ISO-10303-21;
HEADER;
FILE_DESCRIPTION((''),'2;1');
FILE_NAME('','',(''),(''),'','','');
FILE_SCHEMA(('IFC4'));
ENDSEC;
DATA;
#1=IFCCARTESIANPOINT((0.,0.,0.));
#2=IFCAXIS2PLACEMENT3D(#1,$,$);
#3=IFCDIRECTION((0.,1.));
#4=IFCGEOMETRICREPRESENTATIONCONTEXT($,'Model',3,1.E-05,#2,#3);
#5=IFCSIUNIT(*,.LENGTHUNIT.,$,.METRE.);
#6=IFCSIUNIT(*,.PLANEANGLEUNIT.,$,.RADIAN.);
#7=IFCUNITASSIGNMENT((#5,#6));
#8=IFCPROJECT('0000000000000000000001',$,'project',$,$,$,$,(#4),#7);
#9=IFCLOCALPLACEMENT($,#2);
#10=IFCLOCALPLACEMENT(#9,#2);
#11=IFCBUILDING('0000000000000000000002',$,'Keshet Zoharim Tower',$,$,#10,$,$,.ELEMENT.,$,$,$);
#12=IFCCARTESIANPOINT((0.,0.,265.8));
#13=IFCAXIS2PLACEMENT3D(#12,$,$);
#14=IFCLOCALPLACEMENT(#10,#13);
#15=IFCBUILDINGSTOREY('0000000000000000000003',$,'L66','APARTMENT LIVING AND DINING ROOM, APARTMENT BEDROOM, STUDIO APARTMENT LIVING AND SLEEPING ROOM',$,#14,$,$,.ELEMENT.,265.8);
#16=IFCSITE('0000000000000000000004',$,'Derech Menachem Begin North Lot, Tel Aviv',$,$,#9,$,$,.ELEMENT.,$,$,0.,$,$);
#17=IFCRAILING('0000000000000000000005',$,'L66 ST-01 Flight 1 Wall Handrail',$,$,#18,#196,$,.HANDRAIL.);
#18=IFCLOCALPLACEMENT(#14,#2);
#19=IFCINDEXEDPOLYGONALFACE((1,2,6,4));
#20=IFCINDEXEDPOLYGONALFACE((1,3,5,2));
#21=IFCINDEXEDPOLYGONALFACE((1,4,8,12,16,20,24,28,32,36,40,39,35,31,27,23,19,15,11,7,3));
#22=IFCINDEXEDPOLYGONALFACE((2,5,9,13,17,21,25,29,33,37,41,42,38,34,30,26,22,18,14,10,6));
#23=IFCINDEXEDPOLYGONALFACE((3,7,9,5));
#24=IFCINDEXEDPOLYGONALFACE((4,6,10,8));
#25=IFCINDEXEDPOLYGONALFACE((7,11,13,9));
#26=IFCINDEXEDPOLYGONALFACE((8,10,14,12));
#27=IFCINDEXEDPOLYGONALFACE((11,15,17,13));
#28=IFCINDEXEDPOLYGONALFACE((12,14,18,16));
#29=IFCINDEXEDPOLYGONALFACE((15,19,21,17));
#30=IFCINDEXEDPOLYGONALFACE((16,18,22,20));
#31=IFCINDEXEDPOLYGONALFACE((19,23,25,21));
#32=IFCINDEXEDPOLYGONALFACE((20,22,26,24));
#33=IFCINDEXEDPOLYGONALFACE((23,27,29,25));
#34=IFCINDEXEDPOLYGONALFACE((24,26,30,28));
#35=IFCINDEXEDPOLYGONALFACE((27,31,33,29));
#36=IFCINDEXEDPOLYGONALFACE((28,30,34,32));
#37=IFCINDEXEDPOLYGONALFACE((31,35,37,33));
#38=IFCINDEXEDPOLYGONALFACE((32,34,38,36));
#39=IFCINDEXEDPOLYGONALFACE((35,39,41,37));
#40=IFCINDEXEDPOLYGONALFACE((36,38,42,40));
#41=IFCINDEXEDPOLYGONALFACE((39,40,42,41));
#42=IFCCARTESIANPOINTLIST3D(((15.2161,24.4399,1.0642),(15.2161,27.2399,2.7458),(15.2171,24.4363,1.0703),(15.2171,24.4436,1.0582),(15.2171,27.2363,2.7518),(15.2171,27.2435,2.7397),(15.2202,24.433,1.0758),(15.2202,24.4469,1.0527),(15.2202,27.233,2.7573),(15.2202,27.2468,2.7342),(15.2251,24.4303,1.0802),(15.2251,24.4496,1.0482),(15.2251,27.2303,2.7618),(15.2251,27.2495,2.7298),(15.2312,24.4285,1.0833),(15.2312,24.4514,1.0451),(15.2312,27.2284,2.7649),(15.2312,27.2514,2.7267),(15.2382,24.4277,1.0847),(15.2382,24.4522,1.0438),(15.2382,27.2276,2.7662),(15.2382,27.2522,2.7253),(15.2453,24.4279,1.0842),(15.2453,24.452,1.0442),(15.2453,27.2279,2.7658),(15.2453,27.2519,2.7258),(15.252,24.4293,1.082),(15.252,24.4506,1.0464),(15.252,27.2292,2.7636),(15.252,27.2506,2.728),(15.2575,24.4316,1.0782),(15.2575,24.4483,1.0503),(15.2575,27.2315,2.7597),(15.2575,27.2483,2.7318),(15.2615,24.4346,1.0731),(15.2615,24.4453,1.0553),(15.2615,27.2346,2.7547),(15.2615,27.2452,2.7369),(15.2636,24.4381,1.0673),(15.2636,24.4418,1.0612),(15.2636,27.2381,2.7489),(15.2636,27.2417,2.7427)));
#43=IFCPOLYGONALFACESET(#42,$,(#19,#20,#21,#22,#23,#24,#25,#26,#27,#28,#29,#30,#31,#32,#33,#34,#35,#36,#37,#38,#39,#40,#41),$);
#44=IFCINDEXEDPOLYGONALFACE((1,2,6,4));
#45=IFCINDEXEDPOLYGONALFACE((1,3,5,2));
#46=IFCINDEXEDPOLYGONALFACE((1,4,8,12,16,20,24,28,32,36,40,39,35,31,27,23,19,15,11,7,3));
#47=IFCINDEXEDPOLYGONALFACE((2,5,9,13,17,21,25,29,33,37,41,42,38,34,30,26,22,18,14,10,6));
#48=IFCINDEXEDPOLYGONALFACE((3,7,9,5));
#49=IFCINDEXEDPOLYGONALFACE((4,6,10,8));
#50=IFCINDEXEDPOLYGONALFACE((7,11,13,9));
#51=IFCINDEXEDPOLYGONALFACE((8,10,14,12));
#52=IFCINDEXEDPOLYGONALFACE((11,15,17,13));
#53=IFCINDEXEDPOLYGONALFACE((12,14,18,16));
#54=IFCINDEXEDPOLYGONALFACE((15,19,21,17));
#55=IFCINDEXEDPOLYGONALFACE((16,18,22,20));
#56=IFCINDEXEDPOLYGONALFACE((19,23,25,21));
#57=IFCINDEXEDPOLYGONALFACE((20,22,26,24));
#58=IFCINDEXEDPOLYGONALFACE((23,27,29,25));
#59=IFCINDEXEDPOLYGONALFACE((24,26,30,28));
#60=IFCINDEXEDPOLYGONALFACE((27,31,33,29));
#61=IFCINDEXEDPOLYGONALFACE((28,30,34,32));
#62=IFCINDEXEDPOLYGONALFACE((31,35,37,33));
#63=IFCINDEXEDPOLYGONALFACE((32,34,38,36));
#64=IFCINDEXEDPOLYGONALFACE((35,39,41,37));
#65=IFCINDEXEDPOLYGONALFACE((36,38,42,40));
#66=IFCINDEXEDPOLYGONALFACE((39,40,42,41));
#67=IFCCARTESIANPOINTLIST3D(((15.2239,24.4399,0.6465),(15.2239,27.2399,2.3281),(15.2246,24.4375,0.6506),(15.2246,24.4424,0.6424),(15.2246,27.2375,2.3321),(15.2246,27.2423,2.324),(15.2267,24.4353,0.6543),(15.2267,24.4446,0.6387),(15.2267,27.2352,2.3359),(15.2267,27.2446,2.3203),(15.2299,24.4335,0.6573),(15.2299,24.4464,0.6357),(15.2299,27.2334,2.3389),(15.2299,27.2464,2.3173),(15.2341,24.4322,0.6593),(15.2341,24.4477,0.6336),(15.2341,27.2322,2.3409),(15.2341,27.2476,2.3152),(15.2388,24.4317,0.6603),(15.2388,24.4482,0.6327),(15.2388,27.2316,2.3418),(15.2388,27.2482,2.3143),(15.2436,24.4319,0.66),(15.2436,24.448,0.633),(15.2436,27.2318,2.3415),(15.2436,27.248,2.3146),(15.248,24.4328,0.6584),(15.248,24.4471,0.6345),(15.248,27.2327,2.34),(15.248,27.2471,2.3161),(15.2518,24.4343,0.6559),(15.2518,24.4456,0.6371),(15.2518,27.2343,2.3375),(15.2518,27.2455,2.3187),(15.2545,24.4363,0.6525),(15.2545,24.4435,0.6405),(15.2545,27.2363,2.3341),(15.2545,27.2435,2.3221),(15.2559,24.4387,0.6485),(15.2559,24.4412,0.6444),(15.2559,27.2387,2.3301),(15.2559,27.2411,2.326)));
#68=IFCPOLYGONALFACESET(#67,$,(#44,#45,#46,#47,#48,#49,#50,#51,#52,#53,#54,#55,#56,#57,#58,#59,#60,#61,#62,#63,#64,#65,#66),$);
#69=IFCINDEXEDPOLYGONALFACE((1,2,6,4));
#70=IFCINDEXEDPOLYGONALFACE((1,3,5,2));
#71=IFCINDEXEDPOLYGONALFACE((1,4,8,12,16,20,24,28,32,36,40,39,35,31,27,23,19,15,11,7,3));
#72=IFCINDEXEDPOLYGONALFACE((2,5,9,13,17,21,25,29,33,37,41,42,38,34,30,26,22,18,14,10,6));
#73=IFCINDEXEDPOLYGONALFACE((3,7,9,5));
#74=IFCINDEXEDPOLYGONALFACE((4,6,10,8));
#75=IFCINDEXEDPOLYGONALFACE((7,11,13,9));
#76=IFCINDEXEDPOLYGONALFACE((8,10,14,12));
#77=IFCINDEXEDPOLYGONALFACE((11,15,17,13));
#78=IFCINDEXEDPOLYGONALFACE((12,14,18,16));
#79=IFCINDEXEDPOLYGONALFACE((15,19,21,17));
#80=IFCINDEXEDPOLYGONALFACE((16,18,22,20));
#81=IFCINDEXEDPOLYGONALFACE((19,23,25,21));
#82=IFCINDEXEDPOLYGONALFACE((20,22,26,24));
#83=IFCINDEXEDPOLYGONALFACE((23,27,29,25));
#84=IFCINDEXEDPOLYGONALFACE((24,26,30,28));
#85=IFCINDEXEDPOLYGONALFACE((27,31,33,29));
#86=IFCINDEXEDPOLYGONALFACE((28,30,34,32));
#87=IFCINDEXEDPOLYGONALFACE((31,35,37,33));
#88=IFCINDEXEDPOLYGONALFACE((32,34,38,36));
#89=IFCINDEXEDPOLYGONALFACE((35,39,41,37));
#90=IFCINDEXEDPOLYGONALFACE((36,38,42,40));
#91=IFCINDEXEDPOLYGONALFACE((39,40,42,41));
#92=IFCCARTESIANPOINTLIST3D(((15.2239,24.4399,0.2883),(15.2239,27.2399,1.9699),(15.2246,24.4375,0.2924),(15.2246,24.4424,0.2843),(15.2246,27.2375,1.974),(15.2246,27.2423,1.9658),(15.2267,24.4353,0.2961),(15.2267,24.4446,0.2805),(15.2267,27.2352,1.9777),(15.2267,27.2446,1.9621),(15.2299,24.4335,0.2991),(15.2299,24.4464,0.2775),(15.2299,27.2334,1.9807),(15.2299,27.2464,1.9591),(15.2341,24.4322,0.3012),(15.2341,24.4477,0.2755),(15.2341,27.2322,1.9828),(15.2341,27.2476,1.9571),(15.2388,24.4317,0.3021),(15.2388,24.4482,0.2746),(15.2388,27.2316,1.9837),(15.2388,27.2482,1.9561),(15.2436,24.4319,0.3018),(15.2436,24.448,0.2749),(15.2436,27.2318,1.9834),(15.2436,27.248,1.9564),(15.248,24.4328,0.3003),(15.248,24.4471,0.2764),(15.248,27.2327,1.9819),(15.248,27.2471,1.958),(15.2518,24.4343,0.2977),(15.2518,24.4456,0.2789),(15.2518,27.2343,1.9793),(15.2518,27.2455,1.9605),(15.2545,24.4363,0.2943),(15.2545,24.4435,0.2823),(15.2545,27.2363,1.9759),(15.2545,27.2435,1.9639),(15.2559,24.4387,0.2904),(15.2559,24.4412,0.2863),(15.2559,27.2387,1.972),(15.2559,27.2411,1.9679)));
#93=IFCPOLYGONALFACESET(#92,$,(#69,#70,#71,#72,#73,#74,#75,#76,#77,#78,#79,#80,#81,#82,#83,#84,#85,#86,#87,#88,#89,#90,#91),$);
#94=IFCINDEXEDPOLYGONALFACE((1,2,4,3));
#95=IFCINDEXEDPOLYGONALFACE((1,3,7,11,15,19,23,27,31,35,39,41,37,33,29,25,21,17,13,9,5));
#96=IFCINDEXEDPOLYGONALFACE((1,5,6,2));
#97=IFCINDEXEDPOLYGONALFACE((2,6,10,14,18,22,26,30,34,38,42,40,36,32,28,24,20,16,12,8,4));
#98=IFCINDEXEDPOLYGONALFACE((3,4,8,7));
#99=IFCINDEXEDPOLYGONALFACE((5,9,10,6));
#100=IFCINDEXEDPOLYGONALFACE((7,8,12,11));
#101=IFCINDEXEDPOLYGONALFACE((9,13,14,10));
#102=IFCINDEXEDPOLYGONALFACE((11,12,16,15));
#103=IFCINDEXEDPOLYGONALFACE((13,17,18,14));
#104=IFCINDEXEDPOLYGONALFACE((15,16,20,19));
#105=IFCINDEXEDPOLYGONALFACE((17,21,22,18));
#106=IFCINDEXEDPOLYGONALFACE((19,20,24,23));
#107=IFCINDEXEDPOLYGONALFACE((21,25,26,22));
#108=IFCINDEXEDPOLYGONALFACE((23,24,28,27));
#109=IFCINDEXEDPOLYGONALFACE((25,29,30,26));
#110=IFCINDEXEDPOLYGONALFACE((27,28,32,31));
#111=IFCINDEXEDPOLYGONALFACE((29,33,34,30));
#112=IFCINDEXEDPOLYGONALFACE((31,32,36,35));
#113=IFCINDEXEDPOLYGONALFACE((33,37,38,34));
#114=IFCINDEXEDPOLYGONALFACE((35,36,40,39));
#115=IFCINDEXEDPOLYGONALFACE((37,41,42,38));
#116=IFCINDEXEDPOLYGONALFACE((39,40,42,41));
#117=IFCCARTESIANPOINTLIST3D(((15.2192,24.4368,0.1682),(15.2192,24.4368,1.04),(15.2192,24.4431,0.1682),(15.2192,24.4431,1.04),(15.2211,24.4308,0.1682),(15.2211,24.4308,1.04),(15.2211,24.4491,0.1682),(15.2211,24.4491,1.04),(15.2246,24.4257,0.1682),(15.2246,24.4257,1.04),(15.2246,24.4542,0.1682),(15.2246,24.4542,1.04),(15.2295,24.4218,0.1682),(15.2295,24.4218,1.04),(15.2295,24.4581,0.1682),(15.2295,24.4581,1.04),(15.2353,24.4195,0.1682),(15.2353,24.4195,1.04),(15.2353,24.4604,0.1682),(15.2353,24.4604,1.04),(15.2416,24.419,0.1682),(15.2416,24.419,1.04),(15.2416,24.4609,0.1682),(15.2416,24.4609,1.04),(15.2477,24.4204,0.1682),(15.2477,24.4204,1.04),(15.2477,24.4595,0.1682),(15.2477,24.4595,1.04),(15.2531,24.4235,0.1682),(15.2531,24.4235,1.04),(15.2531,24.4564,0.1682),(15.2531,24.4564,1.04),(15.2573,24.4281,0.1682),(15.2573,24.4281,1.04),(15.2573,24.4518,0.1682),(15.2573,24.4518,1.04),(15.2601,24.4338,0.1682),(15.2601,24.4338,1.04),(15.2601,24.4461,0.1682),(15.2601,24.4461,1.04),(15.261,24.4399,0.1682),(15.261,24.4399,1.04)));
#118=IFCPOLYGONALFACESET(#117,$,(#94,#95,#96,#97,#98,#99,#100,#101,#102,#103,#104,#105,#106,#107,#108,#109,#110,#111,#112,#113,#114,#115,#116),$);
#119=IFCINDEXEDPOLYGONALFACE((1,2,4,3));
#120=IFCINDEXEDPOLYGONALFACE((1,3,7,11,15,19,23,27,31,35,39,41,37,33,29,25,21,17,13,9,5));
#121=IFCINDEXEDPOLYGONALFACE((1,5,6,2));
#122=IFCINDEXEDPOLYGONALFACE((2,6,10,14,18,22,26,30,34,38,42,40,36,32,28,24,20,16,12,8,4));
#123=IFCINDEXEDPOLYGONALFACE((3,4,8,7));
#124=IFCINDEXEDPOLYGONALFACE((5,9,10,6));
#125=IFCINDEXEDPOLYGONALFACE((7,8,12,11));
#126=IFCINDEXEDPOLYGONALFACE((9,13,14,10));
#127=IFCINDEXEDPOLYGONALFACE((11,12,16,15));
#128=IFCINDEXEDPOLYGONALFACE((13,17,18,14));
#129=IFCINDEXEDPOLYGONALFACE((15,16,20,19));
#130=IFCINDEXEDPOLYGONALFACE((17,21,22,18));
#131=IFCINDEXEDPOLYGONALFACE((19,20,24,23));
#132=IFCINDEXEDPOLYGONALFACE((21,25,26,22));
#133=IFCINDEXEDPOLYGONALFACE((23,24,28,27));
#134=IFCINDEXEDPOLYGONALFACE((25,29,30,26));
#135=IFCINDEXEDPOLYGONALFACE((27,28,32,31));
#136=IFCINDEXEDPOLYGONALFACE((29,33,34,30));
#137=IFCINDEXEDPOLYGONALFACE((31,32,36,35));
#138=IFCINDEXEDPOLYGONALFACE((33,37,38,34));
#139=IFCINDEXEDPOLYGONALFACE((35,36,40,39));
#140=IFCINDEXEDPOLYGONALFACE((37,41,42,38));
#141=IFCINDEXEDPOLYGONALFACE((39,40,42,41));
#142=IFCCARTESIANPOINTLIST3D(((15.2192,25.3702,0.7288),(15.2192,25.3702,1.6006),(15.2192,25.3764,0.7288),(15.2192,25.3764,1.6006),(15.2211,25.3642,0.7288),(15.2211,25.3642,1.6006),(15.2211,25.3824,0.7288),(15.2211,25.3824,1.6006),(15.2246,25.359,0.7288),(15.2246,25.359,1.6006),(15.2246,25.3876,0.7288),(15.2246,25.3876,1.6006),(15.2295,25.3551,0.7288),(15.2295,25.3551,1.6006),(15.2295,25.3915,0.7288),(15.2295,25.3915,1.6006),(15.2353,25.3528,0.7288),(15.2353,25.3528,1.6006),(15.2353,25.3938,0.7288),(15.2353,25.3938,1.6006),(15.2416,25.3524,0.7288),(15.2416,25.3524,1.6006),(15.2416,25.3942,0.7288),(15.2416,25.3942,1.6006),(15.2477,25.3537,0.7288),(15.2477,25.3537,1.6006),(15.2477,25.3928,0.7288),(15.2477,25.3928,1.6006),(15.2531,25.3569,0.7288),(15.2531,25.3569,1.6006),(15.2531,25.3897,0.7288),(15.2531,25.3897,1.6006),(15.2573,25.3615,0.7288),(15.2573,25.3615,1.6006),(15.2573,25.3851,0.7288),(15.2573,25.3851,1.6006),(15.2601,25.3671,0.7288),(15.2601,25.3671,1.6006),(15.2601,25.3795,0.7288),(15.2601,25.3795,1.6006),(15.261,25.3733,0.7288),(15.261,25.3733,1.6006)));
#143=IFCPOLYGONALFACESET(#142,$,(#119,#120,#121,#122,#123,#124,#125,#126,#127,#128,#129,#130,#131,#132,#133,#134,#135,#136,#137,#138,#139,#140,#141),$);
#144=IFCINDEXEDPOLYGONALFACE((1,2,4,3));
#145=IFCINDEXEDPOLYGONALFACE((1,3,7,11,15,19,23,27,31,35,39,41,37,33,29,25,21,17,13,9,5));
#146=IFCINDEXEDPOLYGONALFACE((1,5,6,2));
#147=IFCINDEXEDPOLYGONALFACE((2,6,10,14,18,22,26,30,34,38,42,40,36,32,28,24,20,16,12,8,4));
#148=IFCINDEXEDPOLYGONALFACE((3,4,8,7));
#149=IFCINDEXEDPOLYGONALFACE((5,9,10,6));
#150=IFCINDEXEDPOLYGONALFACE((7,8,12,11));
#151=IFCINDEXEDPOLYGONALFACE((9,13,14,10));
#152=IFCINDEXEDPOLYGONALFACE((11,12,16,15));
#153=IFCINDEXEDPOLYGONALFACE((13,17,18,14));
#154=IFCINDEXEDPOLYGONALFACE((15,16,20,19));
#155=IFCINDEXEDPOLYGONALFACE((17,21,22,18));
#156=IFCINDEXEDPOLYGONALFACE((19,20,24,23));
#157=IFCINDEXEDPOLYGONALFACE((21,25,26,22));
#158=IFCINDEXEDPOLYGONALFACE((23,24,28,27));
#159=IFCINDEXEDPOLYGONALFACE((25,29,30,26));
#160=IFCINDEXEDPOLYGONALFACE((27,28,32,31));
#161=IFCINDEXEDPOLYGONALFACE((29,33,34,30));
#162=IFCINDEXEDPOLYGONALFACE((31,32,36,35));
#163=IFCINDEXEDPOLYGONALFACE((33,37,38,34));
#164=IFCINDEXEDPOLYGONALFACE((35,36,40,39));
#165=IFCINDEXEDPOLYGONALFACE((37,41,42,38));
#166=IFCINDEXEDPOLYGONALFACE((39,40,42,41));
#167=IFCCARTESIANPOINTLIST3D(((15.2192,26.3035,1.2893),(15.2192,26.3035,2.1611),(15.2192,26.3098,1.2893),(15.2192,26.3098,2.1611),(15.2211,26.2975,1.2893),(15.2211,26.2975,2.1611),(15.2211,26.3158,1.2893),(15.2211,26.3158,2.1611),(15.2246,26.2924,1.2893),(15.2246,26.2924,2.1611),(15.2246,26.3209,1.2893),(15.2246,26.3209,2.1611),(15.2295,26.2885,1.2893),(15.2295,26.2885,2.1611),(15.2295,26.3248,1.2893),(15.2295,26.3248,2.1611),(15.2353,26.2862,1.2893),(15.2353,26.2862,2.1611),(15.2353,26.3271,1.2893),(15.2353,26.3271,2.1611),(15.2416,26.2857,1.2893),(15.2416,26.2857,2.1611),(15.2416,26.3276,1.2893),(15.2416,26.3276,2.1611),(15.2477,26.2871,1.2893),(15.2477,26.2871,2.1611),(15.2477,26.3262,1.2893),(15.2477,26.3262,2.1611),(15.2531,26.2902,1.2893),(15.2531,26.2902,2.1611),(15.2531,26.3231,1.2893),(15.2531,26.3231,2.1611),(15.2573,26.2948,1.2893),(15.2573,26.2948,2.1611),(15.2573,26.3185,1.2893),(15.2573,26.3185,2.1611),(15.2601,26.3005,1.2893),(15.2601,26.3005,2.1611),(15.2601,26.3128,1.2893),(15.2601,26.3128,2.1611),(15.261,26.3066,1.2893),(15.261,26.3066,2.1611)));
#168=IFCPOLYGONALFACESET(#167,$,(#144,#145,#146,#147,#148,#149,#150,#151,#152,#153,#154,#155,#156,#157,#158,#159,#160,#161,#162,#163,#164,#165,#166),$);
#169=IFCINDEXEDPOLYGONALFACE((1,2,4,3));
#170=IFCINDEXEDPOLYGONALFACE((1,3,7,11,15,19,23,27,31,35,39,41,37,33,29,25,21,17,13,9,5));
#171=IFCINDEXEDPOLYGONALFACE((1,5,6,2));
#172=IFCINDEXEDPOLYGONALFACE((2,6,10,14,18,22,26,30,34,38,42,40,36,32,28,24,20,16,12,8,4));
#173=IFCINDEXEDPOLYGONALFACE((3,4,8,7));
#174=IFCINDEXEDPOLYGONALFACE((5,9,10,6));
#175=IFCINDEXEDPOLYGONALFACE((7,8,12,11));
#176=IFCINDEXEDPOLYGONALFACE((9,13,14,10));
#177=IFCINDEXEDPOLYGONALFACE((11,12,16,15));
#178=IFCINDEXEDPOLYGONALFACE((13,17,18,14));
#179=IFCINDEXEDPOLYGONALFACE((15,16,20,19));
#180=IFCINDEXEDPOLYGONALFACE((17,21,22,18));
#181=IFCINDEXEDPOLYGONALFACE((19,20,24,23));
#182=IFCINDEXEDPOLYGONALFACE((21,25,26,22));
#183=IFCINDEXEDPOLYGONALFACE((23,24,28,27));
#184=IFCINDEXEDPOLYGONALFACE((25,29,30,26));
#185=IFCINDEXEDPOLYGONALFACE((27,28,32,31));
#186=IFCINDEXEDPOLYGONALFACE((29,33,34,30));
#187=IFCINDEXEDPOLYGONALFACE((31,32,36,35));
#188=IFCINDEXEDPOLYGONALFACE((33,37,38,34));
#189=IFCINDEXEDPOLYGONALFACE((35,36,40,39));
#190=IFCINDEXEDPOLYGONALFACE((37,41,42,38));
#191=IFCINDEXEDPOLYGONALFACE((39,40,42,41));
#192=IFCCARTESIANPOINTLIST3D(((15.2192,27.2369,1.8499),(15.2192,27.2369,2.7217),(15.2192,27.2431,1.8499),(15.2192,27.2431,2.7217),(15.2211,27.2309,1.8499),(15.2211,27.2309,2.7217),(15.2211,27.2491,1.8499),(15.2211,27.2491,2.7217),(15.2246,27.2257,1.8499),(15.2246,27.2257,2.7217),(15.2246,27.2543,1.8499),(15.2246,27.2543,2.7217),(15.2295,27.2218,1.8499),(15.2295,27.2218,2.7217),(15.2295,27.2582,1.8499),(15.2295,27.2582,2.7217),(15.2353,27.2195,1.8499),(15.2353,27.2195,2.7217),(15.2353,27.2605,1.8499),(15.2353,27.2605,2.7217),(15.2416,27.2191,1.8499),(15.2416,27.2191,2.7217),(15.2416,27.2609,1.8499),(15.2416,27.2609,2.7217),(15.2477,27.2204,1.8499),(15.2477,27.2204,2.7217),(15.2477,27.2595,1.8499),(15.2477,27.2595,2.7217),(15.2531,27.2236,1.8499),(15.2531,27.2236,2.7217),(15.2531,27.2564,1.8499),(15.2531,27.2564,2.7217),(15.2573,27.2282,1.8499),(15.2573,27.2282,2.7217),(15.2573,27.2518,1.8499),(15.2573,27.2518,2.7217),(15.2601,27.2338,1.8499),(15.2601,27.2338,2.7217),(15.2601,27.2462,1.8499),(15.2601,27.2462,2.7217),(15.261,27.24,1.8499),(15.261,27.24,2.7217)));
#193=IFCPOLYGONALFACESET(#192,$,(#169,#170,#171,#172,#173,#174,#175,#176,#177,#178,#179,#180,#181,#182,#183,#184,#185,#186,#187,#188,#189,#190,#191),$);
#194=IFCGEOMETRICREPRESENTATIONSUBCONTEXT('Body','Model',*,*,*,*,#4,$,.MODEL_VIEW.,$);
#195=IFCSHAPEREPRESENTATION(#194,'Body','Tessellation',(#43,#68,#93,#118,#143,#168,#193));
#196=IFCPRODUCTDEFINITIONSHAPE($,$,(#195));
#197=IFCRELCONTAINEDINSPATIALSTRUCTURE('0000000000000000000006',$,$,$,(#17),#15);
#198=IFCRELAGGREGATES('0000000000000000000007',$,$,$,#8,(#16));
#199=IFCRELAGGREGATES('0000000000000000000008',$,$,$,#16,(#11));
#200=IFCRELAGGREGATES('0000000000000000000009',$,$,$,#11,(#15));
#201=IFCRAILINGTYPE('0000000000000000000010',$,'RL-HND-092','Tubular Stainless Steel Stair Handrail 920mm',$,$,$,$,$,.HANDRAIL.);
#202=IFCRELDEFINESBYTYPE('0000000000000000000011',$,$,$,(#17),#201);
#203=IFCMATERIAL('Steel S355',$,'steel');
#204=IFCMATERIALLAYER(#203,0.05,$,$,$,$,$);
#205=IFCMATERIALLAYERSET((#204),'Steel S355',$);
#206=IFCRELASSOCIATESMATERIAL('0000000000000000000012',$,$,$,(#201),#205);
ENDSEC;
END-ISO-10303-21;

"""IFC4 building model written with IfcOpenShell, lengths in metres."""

from ifc_helpers import new_model, si_unit, direction, frame, origin, origin_2d, place, context, subcontext, project, spatial, circle, extrude, material, layer, layer_set, type_object, element, save


model = new_model("IFC4")

# Units and contexts
model_context = context("Model", 3, precision=1e-05, world=origin(), true_north=direction((0.0, 1.0)))
body_context = subcontext(model_context, "Body", "Model", "MODEL_VIEW")
ifc_project = project(units=[si_unit("LENGTHUNIT", "METRE"), si_unit("PLANEANGLEUNIT", "RADIAN")], contexts=[model_context])

# Site, building, storey
site_placement = place(None, origin())
site = spatial("IfcSite", under=ifc_project, at=site_placement, Name="Derech Menachem Begin North Lot, Tel Aviv", CompositionType="ELEMENT", RefElevation=0.0)
building_placement = place(site_placement, origin())
building = spatial("IfcBuilding", under=site, at=building_placement, Name="Keshet Zoharim Tower", CompositionType="ELEMENT")
storey_placement = place(building_placement, frame((0.0, 0.0, 265.8)))
storey = spatial("IfcBuildingStorey", under=building, at=storey_placement, Name="L66", Description="APARTMENT LIVING AND DINING ROOM, APARTMENT BEDROOM, STUDIO APARTMENT LIVING AND SLEEPING ROOM", CompositionType="ELEMENT", Elevation=265.8)

# Shared definitions
ifc_material_1 = material(Name="Steel S355", Category="steel")

# Railing
ifc_layer_1 = layer(ifc_material_1, 0.05)
ifc_layer_set_1 = layer_set([ifc_layer_1], Name="Steel S355")
railing_type_1 = type_object("IfcRailingType", Name="RL-HND-092", Description="Tubular Stainless Steel Stair Handrail 920mm", PredefinedType="HANDRAIL", material=ifc_layer_set_1)
railing_1_placement = place(storey_placement, frame((15.24, 24.4399, 0.1682)))
element("IfcRailing", 1, at=railing_1_placement, inside=storey, type_object=railing_type_1, Name="L66 ST-01 Flight 1 Wall Handrail", PredefinedType="HANDRAIL", context=body_context, shape_type="SweptSolid", body=[
    extrude(circle(Radius=0.0239, at=origin_2d()), frame((0.0, 0.0, 0.896), z_axis=(0.0, 0.857275, 0.514858), x_axis=(-1.0, 0.0, 0.0)), (0.0, 0.0, 1.0), 3.2661),
    extrude(circle(Radius=0.0161, at=origin_2d()), frame((0.0, 0.0, 0.4783), z_axis=(0.0, 0.857275, 0.514858), x_axis=(-1.0, 0.0, 0.0)), (0.0, 0.0, 1.0), 3.2661),
    extrude(circle(Radius=0.0161, at=origin_2d()), frame((0.0, 0.0, 0.1201), z_axis=(0.0, 0.857275, 0.514858), x_axis=(-1.0, 0.0, 0.0)), (0.0, 0.0, 1.0), 3.2661),
    extrude(circle(Radius=0.021, at=origin_2d()), origin(), (0.0, 0.0, 1.0), 0.8718),
    extrude(circle(Radius=0.021, at=origin_2d()), frame((0.0, 0.9333, 0.5605)), (0.0, 0.0, 1.0), 0.8718),
    extrude(circle(Radius=0.021, at=origin_2d()), frame((0.0, 1.8667, 1.1211)), (0.0, 0.0, 1.0), 0.8718),
    extrude(circle(Radius=0.021, at=origin_2d()), frame((0.0, 2.8, 1.6816)), (0.0, 0.0, 1.0), 0.8718),
])

save(model, "model.ifc")
